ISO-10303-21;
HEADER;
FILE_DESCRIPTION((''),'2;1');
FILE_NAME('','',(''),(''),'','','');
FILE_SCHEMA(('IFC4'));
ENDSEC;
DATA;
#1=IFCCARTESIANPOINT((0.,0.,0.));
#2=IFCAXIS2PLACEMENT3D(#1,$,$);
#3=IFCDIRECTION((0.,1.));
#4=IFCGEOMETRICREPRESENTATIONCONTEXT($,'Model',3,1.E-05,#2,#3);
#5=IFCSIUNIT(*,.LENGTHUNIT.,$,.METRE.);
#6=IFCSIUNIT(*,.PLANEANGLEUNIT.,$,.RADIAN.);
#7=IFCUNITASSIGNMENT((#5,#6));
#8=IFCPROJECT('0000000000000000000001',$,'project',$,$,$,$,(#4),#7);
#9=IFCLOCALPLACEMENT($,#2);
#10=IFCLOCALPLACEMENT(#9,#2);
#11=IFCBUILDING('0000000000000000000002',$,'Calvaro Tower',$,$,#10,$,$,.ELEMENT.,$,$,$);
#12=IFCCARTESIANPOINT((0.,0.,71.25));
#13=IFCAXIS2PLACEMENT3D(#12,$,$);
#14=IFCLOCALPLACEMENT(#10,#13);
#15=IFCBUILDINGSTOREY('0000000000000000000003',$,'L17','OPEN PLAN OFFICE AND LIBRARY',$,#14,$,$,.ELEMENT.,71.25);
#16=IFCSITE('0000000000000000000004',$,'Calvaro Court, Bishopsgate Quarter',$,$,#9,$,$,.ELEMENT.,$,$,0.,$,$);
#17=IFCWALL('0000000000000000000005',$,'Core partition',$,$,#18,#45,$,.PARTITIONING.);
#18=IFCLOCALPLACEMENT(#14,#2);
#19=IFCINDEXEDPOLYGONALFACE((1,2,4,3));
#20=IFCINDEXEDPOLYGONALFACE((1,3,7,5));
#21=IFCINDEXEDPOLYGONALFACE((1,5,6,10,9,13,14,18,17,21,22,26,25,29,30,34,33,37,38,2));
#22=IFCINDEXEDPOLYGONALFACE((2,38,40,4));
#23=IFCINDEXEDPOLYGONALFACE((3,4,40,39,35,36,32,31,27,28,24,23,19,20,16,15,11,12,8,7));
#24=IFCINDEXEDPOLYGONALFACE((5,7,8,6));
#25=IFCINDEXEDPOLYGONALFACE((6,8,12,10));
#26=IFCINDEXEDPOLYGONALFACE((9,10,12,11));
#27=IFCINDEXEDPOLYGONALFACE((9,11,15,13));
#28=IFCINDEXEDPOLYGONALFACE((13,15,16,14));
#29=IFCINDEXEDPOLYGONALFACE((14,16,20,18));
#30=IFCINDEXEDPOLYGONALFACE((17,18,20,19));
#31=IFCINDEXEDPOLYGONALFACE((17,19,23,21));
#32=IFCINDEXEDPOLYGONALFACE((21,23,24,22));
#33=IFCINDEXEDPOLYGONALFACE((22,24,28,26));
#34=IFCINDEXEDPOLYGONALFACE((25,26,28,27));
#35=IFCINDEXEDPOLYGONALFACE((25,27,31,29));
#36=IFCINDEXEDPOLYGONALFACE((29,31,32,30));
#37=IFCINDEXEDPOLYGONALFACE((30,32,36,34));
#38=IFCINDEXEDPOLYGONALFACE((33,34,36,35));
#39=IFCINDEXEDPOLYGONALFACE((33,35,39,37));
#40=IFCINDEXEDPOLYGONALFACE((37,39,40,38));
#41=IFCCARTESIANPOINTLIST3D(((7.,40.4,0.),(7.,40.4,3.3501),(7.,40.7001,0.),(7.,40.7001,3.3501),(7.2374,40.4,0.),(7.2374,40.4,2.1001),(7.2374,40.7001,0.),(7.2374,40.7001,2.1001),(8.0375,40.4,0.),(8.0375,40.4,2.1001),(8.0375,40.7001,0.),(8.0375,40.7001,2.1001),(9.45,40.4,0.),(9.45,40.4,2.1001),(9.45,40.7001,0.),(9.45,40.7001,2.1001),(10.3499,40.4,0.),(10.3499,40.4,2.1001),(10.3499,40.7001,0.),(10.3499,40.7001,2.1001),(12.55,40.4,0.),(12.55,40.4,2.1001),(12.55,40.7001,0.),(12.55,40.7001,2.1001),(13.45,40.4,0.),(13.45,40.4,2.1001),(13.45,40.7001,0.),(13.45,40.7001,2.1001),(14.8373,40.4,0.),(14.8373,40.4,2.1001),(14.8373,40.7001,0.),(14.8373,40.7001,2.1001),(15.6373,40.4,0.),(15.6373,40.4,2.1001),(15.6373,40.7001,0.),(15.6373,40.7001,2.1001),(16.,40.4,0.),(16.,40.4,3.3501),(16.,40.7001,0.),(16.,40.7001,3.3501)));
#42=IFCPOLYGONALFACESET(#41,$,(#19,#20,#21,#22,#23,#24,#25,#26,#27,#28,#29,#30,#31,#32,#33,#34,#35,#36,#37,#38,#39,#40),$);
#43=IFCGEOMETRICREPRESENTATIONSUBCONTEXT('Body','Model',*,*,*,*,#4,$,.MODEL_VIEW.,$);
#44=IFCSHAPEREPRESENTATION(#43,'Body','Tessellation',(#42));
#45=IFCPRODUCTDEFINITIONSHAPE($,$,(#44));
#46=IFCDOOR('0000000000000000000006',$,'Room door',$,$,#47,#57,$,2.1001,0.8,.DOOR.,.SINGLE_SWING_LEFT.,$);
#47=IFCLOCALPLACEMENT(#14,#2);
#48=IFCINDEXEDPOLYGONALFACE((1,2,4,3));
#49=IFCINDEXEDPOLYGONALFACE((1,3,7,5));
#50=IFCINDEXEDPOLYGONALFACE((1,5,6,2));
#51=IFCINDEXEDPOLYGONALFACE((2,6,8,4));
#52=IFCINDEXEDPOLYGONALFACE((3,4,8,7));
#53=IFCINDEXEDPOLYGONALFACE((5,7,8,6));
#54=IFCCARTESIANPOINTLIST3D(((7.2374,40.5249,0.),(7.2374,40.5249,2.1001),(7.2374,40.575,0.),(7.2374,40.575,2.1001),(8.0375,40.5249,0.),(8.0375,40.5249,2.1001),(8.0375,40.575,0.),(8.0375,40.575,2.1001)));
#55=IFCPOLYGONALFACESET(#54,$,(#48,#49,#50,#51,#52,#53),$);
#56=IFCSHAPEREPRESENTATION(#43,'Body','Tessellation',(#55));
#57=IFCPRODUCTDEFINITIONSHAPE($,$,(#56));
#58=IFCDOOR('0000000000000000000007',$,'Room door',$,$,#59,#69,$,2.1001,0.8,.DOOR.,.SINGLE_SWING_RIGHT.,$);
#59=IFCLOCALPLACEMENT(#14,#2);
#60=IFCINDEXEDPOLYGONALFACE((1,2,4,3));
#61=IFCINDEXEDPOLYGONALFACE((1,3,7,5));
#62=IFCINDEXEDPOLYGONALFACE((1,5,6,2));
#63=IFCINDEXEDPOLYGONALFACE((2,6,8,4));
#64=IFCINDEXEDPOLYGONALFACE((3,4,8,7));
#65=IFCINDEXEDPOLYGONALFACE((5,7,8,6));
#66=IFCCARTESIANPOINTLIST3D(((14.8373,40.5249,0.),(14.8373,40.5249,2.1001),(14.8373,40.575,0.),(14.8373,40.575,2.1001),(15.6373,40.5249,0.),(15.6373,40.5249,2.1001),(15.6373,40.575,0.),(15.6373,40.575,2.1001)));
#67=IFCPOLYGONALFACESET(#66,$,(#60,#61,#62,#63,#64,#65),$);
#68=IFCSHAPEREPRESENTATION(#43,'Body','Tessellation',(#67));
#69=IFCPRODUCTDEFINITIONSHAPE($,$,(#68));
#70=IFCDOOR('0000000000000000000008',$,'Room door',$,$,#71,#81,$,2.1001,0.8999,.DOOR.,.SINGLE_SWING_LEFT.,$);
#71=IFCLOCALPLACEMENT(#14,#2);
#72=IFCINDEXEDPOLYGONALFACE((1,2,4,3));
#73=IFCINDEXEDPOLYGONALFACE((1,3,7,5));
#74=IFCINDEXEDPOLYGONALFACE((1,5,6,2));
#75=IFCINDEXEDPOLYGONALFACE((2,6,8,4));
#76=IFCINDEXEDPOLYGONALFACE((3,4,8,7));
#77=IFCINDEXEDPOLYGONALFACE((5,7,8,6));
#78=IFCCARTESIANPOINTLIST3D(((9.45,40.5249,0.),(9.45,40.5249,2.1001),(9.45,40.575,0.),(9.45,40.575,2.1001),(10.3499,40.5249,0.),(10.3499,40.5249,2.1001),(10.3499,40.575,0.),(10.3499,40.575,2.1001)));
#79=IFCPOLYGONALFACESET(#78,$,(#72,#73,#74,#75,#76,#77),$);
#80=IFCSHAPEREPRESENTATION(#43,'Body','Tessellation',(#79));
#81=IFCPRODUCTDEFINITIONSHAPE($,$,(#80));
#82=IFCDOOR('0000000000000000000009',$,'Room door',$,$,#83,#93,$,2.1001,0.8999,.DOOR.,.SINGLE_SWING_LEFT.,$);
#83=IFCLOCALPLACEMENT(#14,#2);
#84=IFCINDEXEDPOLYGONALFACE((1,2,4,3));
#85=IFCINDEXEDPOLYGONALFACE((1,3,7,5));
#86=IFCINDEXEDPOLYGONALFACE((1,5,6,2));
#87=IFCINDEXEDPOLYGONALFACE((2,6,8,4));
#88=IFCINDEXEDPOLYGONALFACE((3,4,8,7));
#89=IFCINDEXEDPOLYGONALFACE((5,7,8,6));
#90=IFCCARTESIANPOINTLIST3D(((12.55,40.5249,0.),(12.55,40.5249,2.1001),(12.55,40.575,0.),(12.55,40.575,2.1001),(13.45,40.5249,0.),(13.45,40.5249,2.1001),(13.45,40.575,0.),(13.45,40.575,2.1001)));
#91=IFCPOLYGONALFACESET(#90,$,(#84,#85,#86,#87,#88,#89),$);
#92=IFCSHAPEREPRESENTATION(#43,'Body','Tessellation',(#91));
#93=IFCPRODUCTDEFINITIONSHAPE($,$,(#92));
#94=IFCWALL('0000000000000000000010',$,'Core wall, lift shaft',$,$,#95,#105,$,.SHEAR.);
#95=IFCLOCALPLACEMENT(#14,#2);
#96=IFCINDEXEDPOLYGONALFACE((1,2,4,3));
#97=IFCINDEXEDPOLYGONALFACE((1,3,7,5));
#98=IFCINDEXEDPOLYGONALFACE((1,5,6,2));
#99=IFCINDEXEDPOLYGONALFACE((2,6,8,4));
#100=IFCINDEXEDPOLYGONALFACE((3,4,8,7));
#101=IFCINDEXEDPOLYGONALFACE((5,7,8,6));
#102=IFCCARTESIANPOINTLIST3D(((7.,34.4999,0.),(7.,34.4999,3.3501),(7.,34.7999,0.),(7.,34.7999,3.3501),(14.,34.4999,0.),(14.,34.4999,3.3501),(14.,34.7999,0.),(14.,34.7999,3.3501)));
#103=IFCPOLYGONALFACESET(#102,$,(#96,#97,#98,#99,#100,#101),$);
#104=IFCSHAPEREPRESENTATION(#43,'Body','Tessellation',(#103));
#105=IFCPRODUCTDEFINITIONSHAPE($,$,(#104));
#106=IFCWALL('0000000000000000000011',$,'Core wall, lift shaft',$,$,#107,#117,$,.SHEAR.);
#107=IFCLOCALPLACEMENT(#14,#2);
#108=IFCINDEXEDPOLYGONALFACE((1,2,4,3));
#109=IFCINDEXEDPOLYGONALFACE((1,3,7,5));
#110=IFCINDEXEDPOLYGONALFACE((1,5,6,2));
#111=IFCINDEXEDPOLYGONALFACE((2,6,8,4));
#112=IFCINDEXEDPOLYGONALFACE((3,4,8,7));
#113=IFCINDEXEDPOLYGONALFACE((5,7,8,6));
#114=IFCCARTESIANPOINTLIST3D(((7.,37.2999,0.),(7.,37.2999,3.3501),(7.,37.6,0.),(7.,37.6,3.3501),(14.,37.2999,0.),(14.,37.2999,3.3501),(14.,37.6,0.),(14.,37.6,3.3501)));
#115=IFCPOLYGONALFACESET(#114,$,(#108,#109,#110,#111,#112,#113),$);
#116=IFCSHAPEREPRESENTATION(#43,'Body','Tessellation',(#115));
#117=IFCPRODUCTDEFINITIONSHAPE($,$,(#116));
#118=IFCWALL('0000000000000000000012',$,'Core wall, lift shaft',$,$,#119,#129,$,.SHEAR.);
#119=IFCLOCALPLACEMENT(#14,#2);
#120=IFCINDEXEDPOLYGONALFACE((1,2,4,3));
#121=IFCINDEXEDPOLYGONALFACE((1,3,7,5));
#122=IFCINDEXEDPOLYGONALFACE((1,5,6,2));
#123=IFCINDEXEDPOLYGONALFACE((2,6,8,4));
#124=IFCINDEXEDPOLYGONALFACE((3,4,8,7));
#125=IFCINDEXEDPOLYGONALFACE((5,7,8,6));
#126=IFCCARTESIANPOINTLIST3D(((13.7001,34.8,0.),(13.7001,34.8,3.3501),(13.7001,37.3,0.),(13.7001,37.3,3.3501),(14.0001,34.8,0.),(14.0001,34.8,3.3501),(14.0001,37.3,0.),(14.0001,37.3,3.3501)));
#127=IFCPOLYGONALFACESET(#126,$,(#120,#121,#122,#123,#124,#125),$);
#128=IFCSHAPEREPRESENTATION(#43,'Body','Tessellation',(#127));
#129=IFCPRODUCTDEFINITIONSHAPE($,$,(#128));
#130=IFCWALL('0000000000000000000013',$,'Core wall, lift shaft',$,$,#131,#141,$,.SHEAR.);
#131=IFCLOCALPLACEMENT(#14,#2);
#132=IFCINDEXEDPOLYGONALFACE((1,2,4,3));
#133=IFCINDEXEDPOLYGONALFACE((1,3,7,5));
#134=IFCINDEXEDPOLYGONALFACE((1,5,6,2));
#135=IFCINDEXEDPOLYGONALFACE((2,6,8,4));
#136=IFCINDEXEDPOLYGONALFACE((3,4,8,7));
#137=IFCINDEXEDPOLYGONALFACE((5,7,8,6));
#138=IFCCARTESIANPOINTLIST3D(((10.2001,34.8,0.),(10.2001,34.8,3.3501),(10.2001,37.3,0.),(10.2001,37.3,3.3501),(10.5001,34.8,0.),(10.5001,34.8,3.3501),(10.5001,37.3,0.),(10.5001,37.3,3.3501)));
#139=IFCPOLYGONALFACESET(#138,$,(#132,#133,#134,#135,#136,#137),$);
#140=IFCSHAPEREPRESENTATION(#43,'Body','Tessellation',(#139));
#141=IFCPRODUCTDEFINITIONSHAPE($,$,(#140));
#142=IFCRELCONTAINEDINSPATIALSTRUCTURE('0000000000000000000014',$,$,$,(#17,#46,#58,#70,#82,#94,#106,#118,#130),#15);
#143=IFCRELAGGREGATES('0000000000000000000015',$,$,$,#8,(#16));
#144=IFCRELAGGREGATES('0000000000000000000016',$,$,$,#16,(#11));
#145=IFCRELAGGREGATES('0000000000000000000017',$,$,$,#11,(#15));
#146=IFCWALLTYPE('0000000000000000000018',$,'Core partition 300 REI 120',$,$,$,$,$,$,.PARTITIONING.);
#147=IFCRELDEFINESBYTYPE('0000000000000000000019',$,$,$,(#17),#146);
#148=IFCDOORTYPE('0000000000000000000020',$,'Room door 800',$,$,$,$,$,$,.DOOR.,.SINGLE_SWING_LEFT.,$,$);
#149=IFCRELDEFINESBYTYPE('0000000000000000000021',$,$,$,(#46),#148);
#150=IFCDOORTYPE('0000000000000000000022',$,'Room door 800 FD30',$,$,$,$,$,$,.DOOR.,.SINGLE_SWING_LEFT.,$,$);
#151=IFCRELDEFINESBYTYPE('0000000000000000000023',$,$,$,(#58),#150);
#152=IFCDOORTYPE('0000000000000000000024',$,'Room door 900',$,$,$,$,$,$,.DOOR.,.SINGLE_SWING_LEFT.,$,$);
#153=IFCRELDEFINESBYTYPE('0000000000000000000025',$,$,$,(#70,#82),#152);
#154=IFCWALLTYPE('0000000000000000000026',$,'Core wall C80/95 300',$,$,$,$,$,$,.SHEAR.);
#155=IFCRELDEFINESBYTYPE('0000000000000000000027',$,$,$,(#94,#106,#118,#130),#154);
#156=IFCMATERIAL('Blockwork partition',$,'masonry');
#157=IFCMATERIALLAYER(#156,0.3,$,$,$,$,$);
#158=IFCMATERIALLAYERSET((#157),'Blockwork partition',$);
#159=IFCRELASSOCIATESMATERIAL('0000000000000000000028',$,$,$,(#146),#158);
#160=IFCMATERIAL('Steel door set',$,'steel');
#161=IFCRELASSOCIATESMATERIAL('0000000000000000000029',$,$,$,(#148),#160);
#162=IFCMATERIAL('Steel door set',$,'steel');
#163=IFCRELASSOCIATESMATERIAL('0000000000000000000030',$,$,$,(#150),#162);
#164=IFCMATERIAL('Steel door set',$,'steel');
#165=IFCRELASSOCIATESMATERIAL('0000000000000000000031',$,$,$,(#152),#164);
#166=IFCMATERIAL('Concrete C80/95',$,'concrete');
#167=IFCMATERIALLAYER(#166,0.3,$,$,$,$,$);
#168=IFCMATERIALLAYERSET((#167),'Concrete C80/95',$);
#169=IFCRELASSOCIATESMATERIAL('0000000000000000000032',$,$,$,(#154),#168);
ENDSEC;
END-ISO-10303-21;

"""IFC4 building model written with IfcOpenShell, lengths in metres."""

from ifc_helpers import new_model, si_unit, direction, frame, frame_2d, origin, place, context, subcontext, project, spatial, rectangle, extrude, material, layer, layer_set, type_object, element, fill, save


model = new_model("IFC4")

# Units and contexts
model_context = context("Model", 3, precision=1e-05, world=origin(), true_north=direction((0.0, 1.0)))
body_context = subcontext(model_context, "Body", "Model", "MODEL_VIEW")
ifc_project = project(units=[si_unit("LENGTHUNIT", "METRE"), si_unit("PLANEANGLEUNIT", "RADIAN")], contexts=[model_context])

# Site, building, storey
site_placement = place(None, origin())
site = spatial("IfcSite", under=ifc_project, at=site_placement, Name="Calvaro Court, Bishopsgate Quarter", CompositionType="ELEMENT", RefElevation=0.0)
building_placement = place(site_placement, origin())
building = spatial("IfcBuilding", under=site, at=building_placement, Name="Calvaro Tower", CompositionType="ELEMENT")
storey_placement = place(building_placement, frame((0.0, 0.0, 71.25)))
storey = spatial("IfcBuildingStorey", under=building, at=storey_placement, Name="L17", Description="OPEN PLAN OFFICE AND LIBRARY", CompositionType="ELEMENT", Elevation=71.25)

# Wall, openings, doors
ifc_material_1 = material(Name="Blockwork partition", Category="masonry")
ifc_layer_1 = layer(ifc_material_1, 0.3)
ifc_layer_set_1 = layer_set([ifc_layer_1], Name="Blockwork partition")
wall_type_1 = type_object("IfcWallType", Name="Core partition 300 REI 120", PredefinedType="PARTITIONING", material=ifc_layer_set_1)
wall_1_placement = place(storey_placement, frame((7.0, 40.55, 0.0), z_axis=(0.0, 0.0, 1.0), x_axis=(1.0, 0.0, 0.0)))
wall_1 = element("IfcWall", 1, at=wall_1_placement, inside=storey, type_object=wall_type_1, Name="Core partition", PredefinedType="PARTITIONING", context=body_context, shape_type="SweptSolid", body=[
    extrude(rectangle(XDim=9.0, YDim=0.3, at=frame_2d((4.5, 0.0))), origin(), (0.0, 0.0, 1.0), 3.3501),
])
opening_1_placement = place(wall_1_placement, frame((0.2375, 0.0, 0.0)))
opening_1 = element("IfcOpeningElement", 2, at=opening_1_placement, cuts=wall_1, PredefinedType="OPENING", context=body_context, shape_type="SweptSolid", body=[
    extrude(rectangle(XDim=0.8, YDim=2.1001, at=frame_2d((0.3999, 1.05))), frame((0.0, 0.1599, 0.0), z_axis=(0.0, -1.0, 0.0), x_axis=(1.0, 0.0, 0.0)), (0.0, 0.0, 1.0), 0.3201),
])
opening_2_placement = place(wall_1_placement, frame((2.45, 0.0, 0.0)))
opening_2 = element("IfcOpeningElement", 3, at=opening_2_placement, cuts=wall_1, PredefinedType="OPENING", context=body_context, shape_type="SweptSolid", body=[
    extrude(rectangle(XDim=0.8999, YDim=2.1001, at=frame_2d((0.45, 1.05))), frame((0.0, 0.1599, 0.0), z_axis=(0.0, -1.0, 0.0), x_axis=(1.0, 0.0, 0.0)), (0.0, 0.0, 1.0), 0.3201),
])
opening_3_placement = place(wall_1_placement, frame((5.55, 0.0, 0.0)))
opening_3 = element("IfcOpeningElement", 4, at=opening_3_placement, cuts=wall_1, PredefinedType="OPENING", context=body_context, shape_type="SweptSolid", body=[
    extrude(rectangle(XDim=0.8999, YDim=2.1001, at=frame_2d((0.45, 1.05))), frame((0.0, 0.1599, 0.0), z_axis=(0.0, -1.0, 0.0), x_axis=(1.0, 0.0, 0.0)), (0.0, 0.0, 1.0), 0.3201),
])
opening_4_placement = place(wall_1_placement, frame((7.8374, 0.0, 0.0)))
opening_4 = element("IfcOpeningElement", 5, at=opening_4_placement, cuts=wall_1, PredefinedType="OPENING", context=body_context, shape_type="SweptSolid", body=[
    extrude(rectangle(XDim=0.8, YDim=2.1001, at=frame_2d((0.3999, 1.05))), frame((0.0, 0.1599, 0.0), z_axis=(0.0, -1.0, 0.0), x_axis=(1.0, 0.0, 0.0)), (0.0, 0.0, 1.0), 0.3201),
])
ifc_material_2 = material(Name="Steel door set", Category="steel")
door_type_1 = type_object("IfcDoorType", Name="Room door 800", OperationType="SINGLE_SWING_LEFT", PredefinedType="DOOR", material=ifc_material_2)
door_1_placement = place(opening_1_placement, origin())
door_1 = element("IfcDoor", 6, at=door_1_placement, inside=storey, type_object=door_type_1, Name="Room door", OperationType="SINGLE_SWING_LEFT", OverallHeight=2.1001, OverallWidth=0.8, PredefinedType="DOOR", context=body_context, shape_type="SweptSolid", body=[
    extrude(rectangle(XDim=0.8, YDim=2.1001, at=frame_2d((0.3999, 1.05))), frame((0.0, 0.0249, 0.0), z_axis=(0.0, -1.0, 0.0), x_axis=(1.0, 0.0, 0.0)), (0.0, 0.0, 1.0), 0.05),
])
fill(opening_1, door_1)
ifc_material_3 = material(Name="Steel door set", Category="steel")
door_type_2 = type_object("IfcDoorType", Name="Room door 800 FD30", OperationType="SINGLE_SWING_LEFT", PredefinedType="DOOR", material=ifc_material_3)
door_2_placement = place(opening_4_placement, origin())
door_2 = element("IfcDoor", 7, at=door_2_placement, inside=storey, type_object=door_type_2, Name="Room door", OperationType="SINGLE_SWING_RIGHT", OverallHeight=2.1001, OverallWidth=0.8, PredefinedType="DOOR", context=body_context, shape_type="SweptSolid", body=[
    extrude(rectangle(XDim=0.8, YDim=2.1001, at=frame_2d((0.3999, 1.05))), frame((0.0, 0.0249, 0.0), z_axis=(0.0, -1.0, 0.0), x_axis=(1.0, 0.0, 0.0)), (0.0, 0.0, 1.0), 0.05),
])
fill(opening_4, door_2)
ifc_material_4 = material(Name="Steel door set", Category="steel")
door_type_3 = type_object("IfcDoorType", Name="Room door 900", OperationType="SINGLE_SWING_LEFT", PredefinedType="DOOR", material=ifc_material_4)
door_3_placement = place(opening_2_placement, origin())
door_3 = element("IfcDoor", 8, at=door_3_placement, inside=storey, type_object=door_type_3, Name="Room door", OperationType="SINGLE_SWING_LEFT", OverallHeight=2.1001, OverallWidth=0.8999, PredefinedType="DOOR", context=body_context, shape_type="SweptSolid", body=[
    extrude(rectangle(XDim=0.8999, YDim=2.1001, at=frame_2d((0.45, 1.05))), frame((0.0, 0.0249, 0.0), z_axis=(0.0, -1.0, 0.0), x_axis=(1.0, 0.0, 0.0)), (0.0, 0.0, 1.0), 0.05),
])
fill(opening_2, door_3)
door_4_placement = place(opening_3_placement, origin())
door_4 = element("IfcDoor", 9, at=door_4_placement, inside=storey, type_object=door_type_3, Name="Room door", OperationType="SINGLE_SWING_LEFT", OverallHeight=2.1001, OverallWidth=0.8999, PredefinedType="DOOR", context=body_context, shape_type="SweptSolid", body=[
    extrude(rectangle(XDim=0.8999, YDim=2.1001, at=frame_2d((0.45, 1.05))), frame((0.0, 0.0249, 0.0), z_axis=(0.0, -1.0, 0.0), x_axis=(1.0, 0.0, 0.0)), (0.0, 0.0, 1.0), 0.05),
])
fill(opening_3, door_4)

# Walls
ifc_material_5 = material(Name="Concrete C80/95", Category="concrete")
ifc_layer_2 = layer(ifc_material_5, 0.3)
ifc_layer_set_2 = layer_set([ifc_layer_2], Name="Concrete C80/95")
wall_type_2 = type_object("IfcWallType", Name="Core wall C80/95 300", PredefinedType="SHEAR", material=ifc_layer_set_2)
for number, where, z_axis, x_axis, name in (
    (10, (7.0, 34.6499, 0.0), (0.0, 0.0, 1.0), (1.0, 0.0, 0.0), "Core wall, lift shaft"),
    (11, (7.0, 37.45, 0.0), (0.0, 0.0, 1.0), (1.0, 0.0, 0.0), "Core wall, lift shaft"),
):
    element("IfcWall", number, at=place(storey_placement, frame(where, z_axis=z_axis, x_axis=x_axis)), inside=storey, type_object=wall_type_2, Name=name, PredefinedType="SHEAR", context=body_context, shape_type="SweptSolid", body=[
        extrude(rectangle(XDim=7.0, YDim=0.3, at=frame_2d((3.5, 0.0))), origin(), (0.0, 0.0, 1.0), 3.3501),
    ])
for number, where, z_axis, x_axis, name in (
    (12, (13.8501, 34.8, 0.0), (0.0, 0.0, 1.0), (0.0, 1.0, 0.0), "Core wall, lift shaft"),
    (13, (10.3501, 34.8, 0.0), (0.0, 0.0, 1.0), (0.0, 1.0, 0.0), "Core wall, lift shaft"),
):
    element("IfcWall", number, at=place(storey_placement, frame(where, z_axis=z_axis, x_axis=x_axis)), inside=storey, type_object=wall_type_2, Name=name, PredefinedType="SHEAR", context=body_context, shape_type="SweptSolid", body=[
        extrude(rectangle(XDim=2.5, YDim=0.3, at=frame_2d((1.25, 0.0))), origin(), (0.0, 0.0, 1.0), 3.3501),
    ])

save(model, "model.ifc")
